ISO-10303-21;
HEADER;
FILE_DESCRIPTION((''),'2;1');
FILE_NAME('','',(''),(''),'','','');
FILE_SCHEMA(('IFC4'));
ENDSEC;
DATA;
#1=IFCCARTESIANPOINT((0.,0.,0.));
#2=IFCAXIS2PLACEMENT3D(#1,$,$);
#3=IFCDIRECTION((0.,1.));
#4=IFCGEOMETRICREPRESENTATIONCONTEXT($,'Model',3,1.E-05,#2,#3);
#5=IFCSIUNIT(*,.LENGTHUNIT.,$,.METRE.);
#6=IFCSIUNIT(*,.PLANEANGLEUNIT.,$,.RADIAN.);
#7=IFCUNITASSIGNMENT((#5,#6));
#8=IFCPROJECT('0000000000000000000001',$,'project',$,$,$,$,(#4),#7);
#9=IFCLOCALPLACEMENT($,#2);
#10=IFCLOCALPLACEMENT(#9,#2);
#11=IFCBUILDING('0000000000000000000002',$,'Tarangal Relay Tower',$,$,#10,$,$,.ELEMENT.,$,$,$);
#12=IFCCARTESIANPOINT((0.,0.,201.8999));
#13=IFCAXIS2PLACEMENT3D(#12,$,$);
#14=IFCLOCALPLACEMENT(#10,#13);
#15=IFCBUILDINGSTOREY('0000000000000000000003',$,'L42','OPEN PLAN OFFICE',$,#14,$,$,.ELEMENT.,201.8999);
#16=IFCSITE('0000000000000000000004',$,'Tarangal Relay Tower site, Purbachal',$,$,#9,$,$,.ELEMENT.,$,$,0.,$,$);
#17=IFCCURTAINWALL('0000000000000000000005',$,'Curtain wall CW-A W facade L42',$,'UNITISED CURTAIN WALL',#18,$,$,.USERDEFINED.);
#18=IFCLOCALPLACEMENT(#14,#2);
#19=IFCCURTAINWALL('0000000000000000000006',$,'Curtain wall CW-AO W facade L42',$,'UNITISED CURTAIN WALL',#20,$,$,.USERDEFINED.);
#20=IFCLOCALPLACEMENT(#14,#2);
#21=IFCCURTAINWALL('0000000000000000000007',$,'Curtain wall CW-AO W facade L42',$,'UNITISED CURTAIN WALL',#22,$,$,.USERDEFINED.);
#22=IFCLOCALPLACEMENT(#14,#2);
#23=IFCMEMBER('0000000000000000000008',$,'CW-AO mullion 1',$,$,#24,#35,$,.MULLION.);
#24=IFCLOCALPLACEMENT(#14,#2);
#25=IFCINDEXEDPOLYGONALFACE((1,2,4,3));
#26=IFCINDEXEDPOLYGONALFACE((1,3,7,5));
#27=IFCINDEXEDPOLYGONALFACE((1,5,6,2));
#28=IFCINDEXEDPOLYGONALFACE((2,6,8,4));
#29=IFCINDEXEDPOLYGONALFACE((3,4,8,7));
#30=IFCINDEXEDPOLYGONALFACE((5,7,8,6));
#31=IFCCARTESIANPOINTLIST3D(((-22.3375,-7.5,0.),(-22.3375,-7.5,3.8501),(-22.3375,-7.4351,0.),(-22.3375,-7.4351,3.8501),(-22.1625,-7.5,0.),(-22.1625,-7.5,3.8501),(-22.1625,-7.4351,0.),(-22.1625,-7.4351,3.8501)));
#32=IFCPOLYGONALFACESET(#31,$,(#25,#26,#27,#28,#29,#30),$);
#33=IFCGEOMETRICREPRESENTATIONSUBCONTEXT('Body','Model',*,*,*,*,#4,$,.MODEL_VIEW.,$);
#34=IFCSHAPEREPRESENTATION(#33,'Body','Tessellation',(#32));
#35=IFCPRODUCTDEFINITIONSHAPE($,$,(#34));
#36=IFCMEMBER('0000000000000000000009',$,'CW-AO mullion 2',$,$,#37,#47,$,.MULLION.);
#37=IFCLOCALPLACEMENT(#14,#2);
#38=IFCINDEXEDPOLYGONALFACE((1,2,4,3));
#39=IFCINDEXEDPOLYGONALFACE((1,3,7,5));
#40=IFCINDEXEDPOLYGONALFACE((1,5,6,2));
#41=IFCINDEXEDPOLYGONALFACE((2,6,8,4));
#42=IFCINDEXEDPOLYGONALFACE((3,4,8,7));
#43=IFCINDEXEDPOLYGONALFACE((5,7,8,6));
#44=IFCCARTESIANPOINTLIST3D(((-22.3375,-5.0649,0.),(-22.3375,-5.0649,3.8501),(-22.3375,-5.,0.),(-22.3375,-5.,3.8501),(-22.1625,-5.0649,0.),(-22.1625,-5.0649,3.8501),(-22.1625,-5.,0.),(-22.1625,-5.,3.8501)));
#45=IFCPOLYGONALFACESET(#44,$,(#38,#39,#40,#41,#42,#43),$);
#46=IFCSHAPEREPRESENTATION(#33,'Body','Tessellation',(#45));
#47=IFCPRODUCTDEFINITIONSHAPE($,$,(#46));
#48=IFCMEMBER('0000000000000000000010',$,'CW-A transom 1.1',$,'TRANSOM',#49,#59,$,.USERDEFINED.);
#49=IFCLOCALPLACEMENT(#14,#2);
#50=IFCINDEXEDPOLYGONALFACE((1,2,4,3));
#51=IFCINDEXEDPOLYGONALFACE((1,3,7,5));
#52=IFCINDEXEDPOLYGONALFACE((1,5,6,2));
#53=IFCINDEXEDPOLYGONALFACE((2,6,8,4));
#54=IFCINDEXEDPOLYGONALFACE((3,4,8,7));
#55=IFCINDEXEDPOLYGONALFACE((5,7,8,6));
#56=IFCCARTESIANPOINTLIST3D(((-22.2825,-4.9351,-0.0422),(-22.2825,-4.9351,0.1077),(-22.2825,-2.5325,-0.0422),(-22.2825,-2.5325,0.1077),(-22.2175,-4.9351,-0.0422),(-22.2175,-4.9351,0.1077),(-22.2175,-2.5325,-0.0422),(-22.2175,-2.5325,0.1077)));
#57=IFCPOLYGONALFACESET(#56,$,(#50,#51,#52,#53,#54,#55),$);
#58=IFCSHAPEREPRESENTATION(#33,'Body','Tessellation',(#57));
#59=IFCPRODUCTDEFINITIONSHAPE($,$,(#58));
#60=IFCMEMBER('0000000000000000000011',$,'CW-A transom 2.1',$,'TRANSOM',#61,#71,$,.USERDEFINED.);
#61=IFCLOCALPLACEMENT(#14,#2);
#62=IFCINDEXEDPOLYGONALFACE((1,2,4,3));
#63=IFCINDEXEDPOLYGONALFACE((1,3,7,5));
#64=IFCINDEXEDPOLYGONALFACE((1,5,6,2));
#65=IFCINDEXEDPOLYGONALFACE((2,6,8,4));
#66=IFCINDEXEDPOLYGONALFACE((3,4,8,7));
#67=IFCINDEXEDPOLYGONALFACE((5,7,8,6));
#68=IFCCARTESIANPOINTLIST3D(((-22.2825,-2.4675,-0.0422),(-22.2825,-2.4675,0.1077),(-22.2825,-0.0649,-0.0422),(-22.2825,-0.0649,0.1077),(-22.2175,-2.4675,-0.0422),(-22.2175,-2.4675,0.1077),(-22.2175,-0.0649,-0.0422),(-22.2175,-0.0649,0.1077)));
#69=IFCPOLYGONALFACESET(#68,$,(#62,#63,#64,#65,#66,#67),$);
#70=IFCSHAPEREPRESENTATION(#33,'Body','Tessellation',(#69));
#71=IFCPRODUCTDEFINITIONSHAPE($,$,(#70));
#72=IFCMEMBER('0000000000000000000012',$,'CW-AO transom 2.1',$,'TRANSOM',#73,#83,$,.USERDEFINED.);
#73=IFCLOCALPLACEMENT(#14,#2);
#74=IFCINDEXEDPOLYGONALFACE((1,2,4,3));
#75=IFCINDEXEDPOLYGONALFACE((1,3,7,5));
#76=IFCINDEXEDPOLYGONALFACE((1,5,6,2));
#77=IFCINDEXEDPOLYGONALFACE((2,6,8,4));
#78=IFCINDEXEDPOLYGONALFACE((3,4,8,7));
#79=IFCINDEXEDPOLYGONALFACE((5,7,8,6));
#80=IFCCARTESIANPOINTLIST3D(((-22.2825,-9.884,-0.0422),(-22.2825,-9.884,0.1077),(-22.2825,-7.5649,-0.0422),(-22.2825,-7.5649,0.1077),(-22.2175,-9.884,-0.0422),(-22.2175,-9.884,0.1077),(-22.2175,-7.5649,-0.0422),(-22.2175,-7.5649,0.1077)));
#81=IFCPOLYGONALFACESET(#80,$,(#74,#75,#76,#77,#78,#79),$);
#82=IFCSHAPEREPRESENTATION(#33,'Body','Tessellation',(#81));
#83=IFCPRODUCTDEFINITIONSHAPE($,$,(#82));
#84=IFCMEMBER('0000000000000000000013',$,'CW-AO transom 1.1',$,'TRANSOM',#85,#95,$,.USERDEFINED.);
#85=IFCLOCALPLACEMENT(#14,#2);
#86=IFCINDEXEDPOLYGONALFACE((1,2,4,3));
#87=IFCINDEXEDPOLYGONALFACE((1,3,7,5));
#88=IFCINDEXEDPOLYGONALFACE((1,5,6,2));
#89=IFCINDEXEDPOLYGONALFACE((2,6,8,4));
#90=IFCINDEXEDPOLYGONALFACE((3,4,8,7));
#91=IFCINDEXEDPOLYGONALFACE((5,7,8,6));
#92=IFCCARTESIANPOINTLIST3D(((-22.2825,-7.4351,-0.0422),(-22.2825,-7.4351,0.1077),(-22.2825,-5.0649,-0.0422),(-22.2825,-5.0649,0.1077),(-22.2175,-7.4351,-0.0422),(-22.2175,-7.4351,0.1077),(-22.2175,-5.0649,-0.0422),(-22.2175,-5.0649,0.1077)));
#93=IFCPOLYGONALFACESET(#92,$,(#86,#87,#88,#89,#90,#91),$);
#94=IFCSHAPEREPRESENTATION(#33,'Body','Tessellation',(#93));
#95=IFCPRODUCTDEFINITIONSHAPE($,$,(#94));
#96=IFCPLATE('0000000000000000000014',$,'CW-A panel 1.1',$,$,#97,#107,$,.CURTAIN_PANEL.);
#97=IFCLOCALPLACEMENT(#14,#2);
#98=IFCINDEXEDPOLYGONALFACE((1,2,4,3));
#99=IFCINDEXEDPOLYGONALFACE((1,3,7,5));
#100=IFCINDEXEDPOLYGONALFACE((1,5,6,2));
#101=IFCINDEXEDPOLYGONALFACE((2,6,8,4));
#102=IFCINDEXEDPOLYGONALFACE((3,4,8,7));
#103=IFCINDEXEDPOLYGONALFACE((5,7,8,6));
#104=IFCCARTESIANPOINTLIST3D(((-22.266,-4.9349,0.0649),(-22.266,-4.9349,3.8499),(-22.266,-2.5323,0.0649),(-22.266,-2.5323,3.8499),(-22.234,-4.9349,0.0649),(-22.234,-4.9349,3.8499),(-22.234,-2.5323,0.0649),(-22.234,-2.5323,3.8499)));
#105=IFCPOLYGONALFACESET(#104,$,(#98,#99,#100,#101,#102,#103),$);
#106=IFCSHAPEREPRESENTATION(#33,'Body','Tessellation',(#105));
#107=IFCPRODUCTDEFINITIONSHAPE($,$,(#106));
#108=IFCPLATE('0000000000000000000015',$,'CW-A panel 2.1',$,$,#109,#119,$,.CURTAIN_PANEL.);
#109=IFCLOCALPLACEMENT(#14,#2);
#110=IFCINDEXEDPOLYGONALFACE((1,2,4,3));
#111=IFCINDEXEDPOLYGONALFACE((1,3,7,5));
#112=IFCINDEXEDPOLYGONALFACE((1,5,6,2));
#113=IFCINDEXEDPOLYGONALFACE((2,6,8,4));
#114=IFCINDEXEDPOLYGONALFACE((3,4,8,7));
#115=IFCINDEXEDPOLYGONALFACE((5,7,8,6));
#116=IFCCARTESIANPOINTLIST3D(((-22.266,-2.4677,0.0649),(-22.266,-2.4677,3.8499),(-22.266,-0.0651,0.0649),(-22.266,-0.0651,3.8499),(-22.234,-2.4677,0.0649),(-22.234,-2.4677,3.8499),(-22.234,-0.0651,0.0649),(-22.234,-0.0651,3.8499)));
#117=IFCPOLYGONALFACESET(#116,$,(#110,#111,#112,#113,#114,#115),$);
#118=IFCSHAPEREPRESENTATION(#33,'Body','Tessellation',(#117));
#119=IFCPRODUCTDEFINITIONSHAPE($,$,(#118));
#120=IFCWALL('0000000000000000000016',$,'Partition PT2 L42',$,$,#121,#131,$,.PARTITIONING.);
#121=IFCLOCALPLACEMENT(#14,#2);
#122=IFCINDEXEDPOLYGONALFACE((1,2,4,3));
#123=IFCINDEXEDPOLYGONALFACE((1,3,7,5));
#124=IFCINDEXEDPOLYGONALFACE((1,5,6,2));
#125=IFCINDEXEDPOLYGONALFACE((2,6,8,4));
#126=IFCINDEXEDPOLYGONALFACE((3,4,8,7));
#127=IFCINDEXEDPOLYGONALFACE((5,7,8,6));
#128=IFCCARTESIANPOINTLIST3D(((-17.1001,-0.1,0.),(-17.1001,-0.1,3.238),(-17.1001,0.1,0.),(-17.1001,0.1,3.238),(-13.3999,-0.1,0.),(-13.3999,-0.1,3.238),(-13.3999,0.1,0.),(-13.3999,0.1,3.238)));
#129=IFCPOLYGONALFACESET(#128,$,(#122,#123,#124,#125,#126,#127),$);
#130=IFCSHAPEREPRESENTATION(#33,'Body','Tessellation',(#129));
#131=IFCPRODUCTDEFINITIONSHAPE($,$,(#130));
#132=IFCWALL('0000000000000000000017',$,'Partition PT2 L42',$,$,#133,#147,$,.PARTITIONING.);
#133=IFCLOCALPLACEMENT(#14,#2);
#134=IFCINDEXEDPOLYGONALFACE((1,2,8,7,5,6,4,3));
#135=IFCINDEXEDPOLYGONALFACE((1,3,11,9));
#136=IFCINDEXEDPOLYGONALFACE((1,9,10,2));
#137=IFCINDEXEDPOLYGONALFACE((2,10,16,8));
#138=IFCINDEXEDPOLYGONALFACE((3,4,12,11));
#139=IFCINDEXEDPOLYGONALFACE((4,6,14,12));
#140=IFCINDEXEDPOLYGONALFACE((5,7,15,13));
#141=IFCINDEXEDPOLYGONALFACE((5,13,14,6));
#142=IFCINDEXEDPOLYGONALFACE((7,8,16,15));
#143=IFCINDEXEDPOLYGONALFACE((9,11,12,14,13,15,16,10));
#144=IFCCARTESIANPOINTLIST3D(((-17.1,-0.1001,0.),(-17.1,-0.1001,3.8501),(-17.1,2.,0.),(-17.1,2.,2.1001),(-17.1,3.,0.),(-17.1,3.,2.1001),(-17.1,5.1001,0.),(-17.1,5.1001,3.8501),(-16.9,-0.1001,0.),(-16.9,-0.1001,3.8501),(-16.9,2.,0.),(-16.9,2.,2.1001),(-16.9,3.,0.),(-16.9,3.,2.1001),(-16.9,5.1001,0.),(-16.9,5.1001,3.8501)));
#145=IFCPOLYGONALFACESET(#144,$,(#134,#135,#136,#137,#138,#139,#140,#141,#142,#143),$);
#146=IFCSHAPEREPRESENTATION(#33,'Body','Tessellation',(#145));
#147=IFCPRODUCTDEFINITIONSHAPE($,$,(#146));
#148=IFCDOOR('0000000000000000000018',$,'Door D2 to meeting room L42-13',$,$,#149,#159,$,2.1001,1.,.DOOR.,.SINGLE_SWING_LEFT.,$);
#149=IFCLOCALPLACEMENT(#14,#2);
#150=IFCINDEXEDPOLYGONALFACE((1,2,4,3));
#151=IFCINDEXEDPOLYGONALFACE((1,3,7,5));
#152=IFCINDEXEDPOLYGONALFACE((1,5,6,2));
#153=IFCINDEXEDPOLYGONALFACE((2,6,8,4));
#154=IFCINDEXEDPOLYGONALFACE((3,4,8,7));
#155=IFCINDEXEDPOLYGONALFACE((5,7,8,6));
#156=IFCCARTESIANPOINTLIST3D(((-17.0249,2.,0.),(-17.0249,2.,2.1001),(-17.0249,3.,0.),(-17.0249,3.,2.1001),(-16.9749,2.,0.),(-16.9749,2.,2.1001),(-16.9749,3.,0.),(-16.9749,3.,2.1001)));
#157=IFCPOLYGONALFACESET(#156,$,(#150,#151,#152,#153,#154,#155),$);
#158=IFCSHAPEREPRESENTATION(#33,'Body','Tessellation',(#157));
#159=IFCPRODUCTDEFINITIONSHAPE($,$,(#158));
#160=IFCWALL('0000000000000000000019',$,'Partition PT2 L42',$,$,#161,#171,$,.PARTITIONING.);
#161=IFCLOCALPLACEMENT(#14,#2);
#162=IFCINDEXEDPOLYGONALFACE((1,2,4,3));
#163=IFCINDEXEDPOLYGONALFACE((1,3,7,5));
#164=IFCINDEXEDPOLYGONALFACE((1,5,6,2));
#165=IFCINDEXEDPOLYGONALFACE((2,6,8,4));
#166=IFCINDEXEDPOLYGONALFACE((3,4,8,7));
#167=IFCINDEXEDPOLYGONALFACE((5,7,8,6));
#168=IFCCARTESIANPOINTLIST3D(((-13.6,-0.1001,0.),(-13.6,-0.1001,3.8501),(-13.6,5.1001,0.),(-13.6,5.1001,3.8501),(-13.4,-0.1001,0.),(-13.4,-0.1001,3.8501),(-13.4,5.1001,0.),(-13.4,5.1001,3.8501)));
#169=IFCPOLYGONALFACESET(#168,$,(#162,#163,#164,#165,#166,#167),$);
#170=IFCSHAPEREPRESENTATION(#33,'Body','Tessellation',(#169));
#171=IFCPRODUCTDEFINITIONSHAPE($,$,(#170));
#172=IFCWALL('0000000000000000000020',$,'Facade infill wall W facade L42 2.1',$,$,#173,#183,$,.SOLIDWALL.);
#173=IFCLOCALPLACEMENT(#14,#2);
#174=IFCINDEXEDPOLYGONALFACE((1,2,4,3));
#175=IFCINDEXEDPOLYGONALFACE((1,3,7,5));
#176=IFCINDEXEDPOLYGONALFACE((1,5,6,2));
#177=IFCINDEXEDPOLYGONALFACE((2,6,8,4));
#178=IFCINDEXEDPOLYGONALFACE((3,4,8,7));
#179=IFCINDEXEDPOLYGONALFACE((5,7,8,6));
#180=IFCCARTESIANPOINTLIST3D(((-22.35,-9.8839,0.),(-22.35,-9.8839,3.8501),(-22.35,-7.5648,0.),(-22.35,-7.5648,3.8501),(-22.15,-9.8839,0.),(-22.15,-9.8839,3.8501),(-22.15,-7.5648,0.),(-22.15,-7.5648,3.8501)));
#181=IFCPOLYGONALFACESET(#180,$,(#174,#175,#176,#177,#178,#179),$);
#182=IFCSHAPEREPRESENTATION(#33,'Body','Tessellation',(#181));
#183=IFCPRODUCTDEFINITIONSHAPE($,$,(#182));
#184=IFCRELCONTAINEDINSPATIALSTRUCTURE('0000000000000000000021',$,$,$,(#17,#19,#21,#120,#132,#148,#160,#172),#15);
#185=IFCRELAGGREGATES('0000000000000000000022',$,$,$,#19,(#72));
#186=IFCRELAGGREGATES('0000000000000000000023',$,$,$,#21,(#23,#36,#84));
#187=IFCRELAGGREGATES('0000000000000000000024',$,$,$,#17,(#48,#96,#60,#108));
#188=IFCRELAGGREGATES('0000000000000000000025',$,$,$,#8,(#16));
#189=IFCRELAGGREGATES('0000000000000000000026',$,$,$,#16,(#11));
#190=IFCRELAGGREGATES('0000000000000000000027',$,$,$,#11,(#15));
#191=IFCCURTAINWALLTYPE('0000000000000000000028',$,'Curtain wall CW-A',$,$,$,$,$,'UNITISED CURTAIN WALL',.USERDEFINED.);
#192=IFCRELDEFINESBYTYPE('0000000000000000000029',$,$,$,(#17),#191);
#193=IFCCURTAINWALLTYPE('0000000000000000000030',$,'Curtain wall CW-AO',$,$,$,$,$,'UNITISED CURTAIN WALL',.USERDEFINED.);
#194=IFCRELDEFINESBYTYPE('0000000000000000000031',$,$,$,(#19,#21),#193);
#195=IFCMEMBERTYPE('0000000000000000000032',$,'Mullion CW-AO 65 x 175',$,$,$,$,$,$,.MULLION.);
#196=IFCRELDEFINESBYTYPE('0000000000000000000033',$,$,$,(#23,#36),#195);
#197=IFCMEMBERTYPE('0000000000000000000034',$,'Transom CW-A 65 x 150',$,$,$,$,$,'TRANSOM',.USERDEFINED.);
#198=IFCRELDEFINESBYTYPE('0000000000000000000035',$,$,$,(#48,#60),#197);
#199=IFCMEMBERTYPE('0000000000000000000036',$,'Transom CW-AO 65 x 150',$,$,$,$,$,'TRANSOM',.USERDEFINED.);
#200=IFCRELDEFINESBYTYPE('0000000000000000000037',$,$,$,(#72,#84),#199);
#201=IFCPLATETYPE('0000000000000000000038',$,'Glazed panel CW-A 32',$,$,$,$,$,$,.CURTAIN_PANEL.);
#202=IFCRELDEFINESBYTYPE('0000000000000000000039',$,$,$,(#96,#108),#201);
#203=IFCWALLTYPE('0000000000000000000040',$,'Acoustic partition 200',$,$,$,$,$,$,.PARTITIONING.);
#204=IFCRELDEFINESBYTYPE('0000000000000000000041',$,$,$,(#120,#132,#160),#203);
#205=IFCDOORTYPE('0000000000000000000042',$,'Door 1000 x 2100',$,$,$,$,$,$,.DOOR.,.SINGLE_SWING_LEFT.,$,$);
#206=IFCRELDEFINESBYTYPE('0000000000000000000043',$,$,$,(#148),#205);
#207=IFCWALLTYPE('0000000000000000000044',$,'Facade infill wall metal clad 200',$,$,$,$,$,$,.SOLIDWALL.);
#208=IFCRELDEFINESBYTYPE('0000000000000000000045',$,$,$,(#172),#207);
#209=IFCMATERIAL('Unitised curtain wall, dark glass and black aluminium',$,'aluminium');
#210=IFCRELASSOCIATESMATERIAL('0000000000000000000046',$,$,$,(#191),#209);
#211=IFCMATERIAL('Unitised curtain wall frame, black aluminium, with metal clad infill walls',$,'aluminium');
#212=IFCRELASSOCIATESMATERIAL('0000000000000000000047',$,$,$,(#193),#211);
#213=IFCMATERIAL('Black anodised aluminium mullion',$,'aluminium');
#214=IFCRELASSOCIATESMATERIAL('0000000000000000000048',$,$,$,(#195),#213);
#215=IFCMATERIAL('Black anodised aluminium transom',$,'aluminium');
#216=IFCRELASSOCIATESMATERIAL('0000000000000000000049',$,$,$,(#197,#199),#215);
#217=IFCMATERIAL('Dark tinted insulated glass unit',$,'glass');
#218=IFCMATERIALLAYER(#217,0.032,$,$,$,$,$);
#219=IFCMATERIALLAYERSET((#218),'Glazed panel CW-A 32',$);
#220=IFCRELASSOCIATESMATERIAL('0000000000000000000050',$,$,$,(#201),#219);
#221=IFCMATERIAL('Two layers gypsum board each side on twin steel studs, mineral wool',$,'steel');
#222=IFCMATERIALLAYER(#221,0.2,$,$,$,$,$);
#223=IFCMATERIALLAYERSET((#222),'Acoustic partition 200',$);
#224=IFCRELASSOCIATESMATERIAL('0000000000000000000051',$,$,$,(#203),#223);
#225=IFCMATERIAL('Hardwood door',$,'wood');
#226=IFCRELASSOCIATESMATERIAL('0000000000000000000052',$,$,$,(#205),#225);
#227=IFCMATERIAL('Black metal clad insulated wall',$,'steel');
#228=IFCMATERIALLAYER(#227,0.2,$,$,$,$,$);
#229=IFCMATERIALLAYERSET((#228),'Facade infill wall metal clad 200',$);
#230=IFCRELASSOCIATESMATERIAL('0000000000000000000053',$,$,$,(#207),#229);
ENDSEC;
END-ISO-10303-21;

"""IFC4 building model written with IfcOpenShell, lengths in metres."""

from ifc_helpers import new_model, si_unit, direction, frame, frame_2d, origin, origin_2d, place, context, subcontext, project, spatial, rectangle, extrude, material, layer, layer_set, material_profile, profile_set, type_object, element, fill, aggregate, save


model = new_model("IFC4")

# Units and contexts
model_context = context("Model", 3, precision=1e-05, world=origin(), true_north=direction((0.0, 1.0)))
body_context = subcontext(model_context, "Body", "Model", "MODEL_VIEW")
ifc_project = project(units=[si_unit("LENGTHUNIT", "METRE"), si_unit("PLANEANGLEUNIT", "RADIAN")], contexts=[model_context])

# Site, building, storey
site_placement = place(None, origin())
site = spatial("IfcSite", under=ifc_project, at=site_placement, Name="Tarangal Relay Tower site, Purbachal", CompositionType="ELEMENT", RefElevation=0.0)
building_placement = place(site_placement, origin())
building = spatial("IfcBuilding", under=site, at=building_placement, Name="Tarangal Relay Tower", CompositionType="ELEMENT")
storey_placement = place(building_placement, frame((0.0, 0.0, 201.8999)))
storey = spatial("IfcBuildingStorey", under=building, at=storey_placement, Name="L42", Description="OPEN PLAN OFFICE", CompositionType="ELEMENT", Elevation=201.8999)

# Curtain walls, members
ifc_material_1 = material(Name="Unitised curtain wall, dark glass and black aluminium", Category="aluminium")
curtain_wall_type_1 = type_object("IfcCurtainWallType", Name="Curtain wall CW-A", ElementType="UNITISED CURTAIN WALL", PredefinedType="USERDEFINED", material=ifc_material_1)
curtain_wall_1_placement = place(storey_placement, origin())
curtain_wall_1 = element("IfcCurtainWall", 1, at=curtain_wall_1_placement, inside=storey, type_object=curtain_wall_type_1, Name="Curtain wall CW-A W facade L42", ObjectType="UNITISED CURTAIN WALL", PredefinedType="USERDEFINED")
ifc_material_2 = material(Name="Black anodised aluminium mullion", Category="aluminium")
ifc_material_3 = material(Name="Unitised curtain wall frame, black aluminium, with metal clad infill walls", Category="aluminium")
curtain_wall_type_2 = type_object("IfcCurtainWallType", Name="Curtain wall CW-AO", ElementType="UNITISED CURTAIN WALL", PredefinedType="USERDEFINED", material=ifc_material_3)
curtain_wall_2_placement = place(storey_placement, origin())
curtain_wall_2 = element("IfcCurtainWall", 2, at=curtain_wall_2_placement, inside=storey, type_object=curtain_wall_type_2, Name="Curtain wall CW-AO W facade L42", ObjectType="UNITISED CURTAIN WALL", PredefinedType="USERDEFINED")
ifc_material_profile_1 = material_profile(ifc_material_2, rectangle(XDim=0.175, YDim=0.0649, at=origin_2d()), Name="CW-AOM 65X175")
ifc_profile_set_1 = profile_set([ifc_material_profile_1], Name="Black anodised aluminium mullion")
member_type_1 = type_object("IfcMemberType", Name="Mullion CW-AO 65 x 175", PredefinedType="MULLION", material=ifc_profile_set_1)
curtain_wall_3_placement = place(storey_placement, origin())
curtain_wall_3 = element("IfcCurtainWall", 3, at=curtain_wall_3_placement, inside=storey, type_object=curtain_wall_type_2, Name="Curtain wall CW-AO W facade L42", ObjectType="UNITISED CURTAIN WALL", PredefinedType="USERDEFINED")
member_1_placement = place(storey_placement, frame((-22.25, -7.4675, 0.0), z_axis=(0.0, 0.0, 1.0), x_axis=(-1.0, 0.0, 0.0)))
member_1 = element("IfcMember", 4, at=member_1_placement, type_object=member_type_1, Name="CW-AO mullion 1", PredefinedType="MULLION", context=body_context, shape_type="SweptSolid", body=[
    extrude(rectangle(XDim=0.175, YDim=0.0649, at=origin_2d()), origin(), (0.0, 0.0, 1.0), 3.8501),
])
member_2_placement = place(storey_placement, frame((-22.25, -5.0325, 0.0), z_axis=(0.0, 0.0, 1.0), x_axis=(-1.0, 0.0, 0.0)))
member_2 = element("IfcMember", 5, at=member_2_placement, type_object=member_type_1, Name="CW-AO mullion 2", PredefinedType="MULLION", context=body_context, shape_type="SweptSolid", body=[
    extrude(rectangle(XDim=0.175, YDim=0.0649, at=origin_2d()), origin(), (0.0, 0.0, 1.0), 3.8501),
])

# Members
ifc_material_4 = material(Name="Black anodised aluminium transom", Category="aluminium")
ifc_material_profile_2 = material_profile(ifc_material_4, rectangle(XDim=0.0649, YDim=0.1499, at=origin_2d()), Name="CW-AT 65X150")
ifc_profile_set_2 = profile_set([ifc_material_profile_2], Name="Black anodised aluminium transom")
member_type_2 = type_object("IfcMemberType", Name="Transom CW-A 65 x 150", ElementType="TRANSOM", PredefinedType="USERDEFINED", material=ifc_profile_set_2)
member_3_placement = place(storey_placement, frame((-22.25, -4.9351, 0.0327), z_axis=(0.0, 1.0, 0.0), x_axis=(-1.0, 0.0, 0.0)))
member_3 = element("IfcMember", 6, at=member_3_placement, type_object=member_type_2, Name="CW-A transom 1.1", ObjectType="TRANSOM", PredefinedType="USERDEFINED", context=body_context, shape_type="SweptSolid", body=[
    extrude(rectangle(XDim=0.0649, YDim=0.1499, at=origin_2d()), origin(), (0.0, 0.0, 1.0), 2.4026),
])
member_4_placement = place(storey_placement, frame((-22.25, -2.4675, 0.0327), z_axis=(0.0, 1.0, 0.0), x_axis=(-1.0, 0.0, 0.0)))
member_4 = element("IfcMember", 7, at=member_4_placement, type_object=member_type_2, Name="CW-A transom 2.1", ObjectType="TRANSOM", PredefinedType="USERDEFINED", context=body_context, shape_type="SweptSolid", body=[
    extrude(rectangle(XDim=0.0649, YDim=0.1499, at=origin_2d()), origin(), (0.0, 0.0, 1.0), 2.4026),
])
ifc_material_profile_3 = material_profile(ifc_material_4, rectangle(XDim=0.0649, YDim=0.1499, at=origin_2d()), Name="CW-AOT 65X150")
ifc_profile_set_3 = profile_set([ifc_material_profile_3], Name="Black anodised aluminium transom")
member_type_3 = type_object("IfcMemberType", Name="Transom CW-AO 65 x 150", ElementType="TRANSOM", PredefinedType="USERDEFINED", material=ifc_profile_set_3)
member_5_placement = place(storey_placement, frame((-22.25, -9.884, 0.0327), z_axis=(0.0, 1.0, 0.0), x_axis=(-1.0, 0.0, 0.0)))
member_5 = element("IfcMember", 8, at=member_5_placement, type_object=member_type_3, Name="CW-AO transom 2.1", ObjectType="TRANSOM", PredefinedType="USERDEFINED", context=body_context, shape_type="SweptSolid", body=[
    extrude(rectangle(XDim=0.0649, YDim=0.1499, at=origin_2d()), origin(), (0.0, 0.0, 1.0), 2.3191),
])
aggregate(curtain_wall_2, [member_5])
member_6_placement = place(storey_placement, frame((-22.25, -7.4351, 0.0327), z_axis=(0.0, 1.0, 0.0), x_axis=(-1.0, 0.0, 0.0)))
member_6 = element("IfcMember", 9, at=member_6_placement, type_object=member_type_3, Name="CW-AO transom 1.1", ObjectType="TRANSOM", PredefinedType="USERDEFINED", context=body_context, shape_type="SweptSolid", body=[
    extrude(rectangle(XDim=0.0649, YDim=0.1499, at=origin_2d()), origin(), (0.0, 0.0, 1.0), 2.3701),
])
aggregate(curtain_wall_3, [member_1, member_2, member_6])

# Plates
ifc_material_5 = material(Name="Dark tinted insulated glass unit", Category="glass")
ifc_layer_1 = layer(ifc_material_5, 0.032)
ifc_layer_set_1 = layer_set([ifc_layer_1], Name="Glazed panel CW-A 32")
plate_type = type_object("IfcPlateType", Name="Glazed panel CW-A 32", PredefinedType="CURTAIN_PANEL", material=ifc_layer_set_1)
plate_1_placement = place(storey_placement, frame((-22.25, -3.7336, 0.0649), z_axis=(0.0, 0.0, 1.0), x_axis=(0.0, 1.0, 0.0)))
plate_1 = element("IfcPlate", 10, at=plate_1_placement, type_object=plate_type, Name="CW-A panel 1.1", PredefinedType="CURTAIN_PANEL", context=body_context, shape_type="SweptSolid", body=[
    extrude(rectangle(XDim=2.4026, YDim=0.032, at=origin_2d()), origin(), (0.0, 0.0, 1.0), 3.7849),
])
plate_2_placement = place(storey_placement, frame((-22.25, -1.2664, 0.0649), z_axis=(0.0, 0.0, 1.0), x_axis=(0.0, 1.0, 0.0)))
plate_2 = element("IfcPlate", 11, at=plate_2_placement, type_object=plate_type, Name="CW-A panel 2.1", PredefinedType="CURTAIN_PANEL", context=body_context, shape_type="SweptSolid", body=[
    extrude(rectangle(XDim=2.4026, YDim=0.032, at=origin_2d()), origin(), (0.0, 0.0, 1.0), 3.7849),
])
aggregate(curtain_wall_1, [member_3, plate_1, member_4, plate_2])

# Wall
ifc_material_6 = material(Name="Two layers gypsum board each side on twin steel studs, mineral wool", Category="steel")
ifc_layer_2 = layer(ifc_material_6, 0.2)
ifc_layer_set_2 = layer_set([ifc_layer_2], Name="Acoustic partition 200")
wall_type_1 = type_object("IfcWallType", Name="Acoustic partition 200", PredefinedType="PARTITIONING", material=ifc_layer_set_2)
wall_1_placement = place(storey_placement, frame((-17.1001, 0.0, 0.0), z_axis=(0.0, 0.0, 1.0), x_axis=(1.0, 0.0, 0.0)))
element("IfcWall", 12, at=wall_1_placement, inside=storey, type_object=wall_type_1, Name="Partition PT2 L42", PredefinedType="PARTITIONING", context=body_context, shape_type="SweptSolid", body=[
    extrude(rectangle(XDim=3.7002, YDim=0.2, at=frame_2d((1.8501, 0.0))), origin(), (0.0, 0.0, 1.0), 3.238),
])

# Wall, opening, door
wall_2_placement = place(storey_placement, frame((-17.0, -0.1001, 0.0), z_axis=(0.0, 0.0, 1.0), x_axis=(0.0, 1.0, 0.0)))
wall_2 = element("IfcWall", 13, at=wall_2_placement, inside=storey, type_object=wall_type_1, Name="Partition PT2 L42", PredefinedType="PARTITIONING", context=body_context, shape_type="SweptSolid", body=[
    extrude(rectangle(XDim=5.2002, YDim=0.2, at=frame_2d((2.6001, 0.0))), origin(), (0.0, 0.0, 1.0), 3.8501),
])
opening_1_placement = place(wall_2_placement, frame((2.1001, 0.0, 0.0)))
opening_1 = element("IfcOpeningElement", 14, at=opening_1_placement, cuts=wall_2, PredefinedType="OPENING", context=body_context, shape_type="SweptSolid", body=[
    extrude(rectangle(XDim=1.0, YDim=2.1001, at=frame_2d((0.5, 1.05))), frame((0.0, 0.1099, 0.0), z_axis=(0.0, -1.0, 0.0), x_axis=(1.0, 0.0, 0.0)), (0.0, 0.0, 1.0), 0.22),
])
ifc_material_7 = material(Name="Hardwood door", Category="wood")
door_type = type_object("IfcDoorType", Name="Door 1000 x 2100", OperationType="SINGLE_SWING_LEFT", PredefinedType="DOOR", material=ifc_material_7)
door_1_placement = place(opening_1_placement, origin())
door_1 = element("IfcDoor", 15, at=door_1_placement, inside=storey, type_object=door_type, Name="Door D2 to meeting room L42-13", OperationType="SINGLE_SWING_LEFT", OverallHeight=2.1001, OverallWidth=1.0, PredefinedType="DOOR", context=body_context, shape_type="SweptSolid", body=[
    extrude(rectangle(XDim=1.0, YDim=2.1001, at=frame_2d((0.5, 1.05))), frame((0.0, 0.0249, 0.0), z_axis=(0.0, -1.0, 0.0), x_axis=(1.0, 0.0, 0.0)), (0.0, 0.0, 1.0), 0.05),
])
fill(opening_1, door_1)

# Walls
wall_3_placement = place(storey_placement, frame((-13.5, -0.1001, 0.0), z_axis=(0.0, 0.0, 1.0), x_axis=(0.0, 1.0, 0.0)))
element("IfcWall", 16, at=wall_3_placement, inside=storey, type_object=wall_type_1, Name="Partition PT2 L42", PredefinedType="PARTITIONING", context=body_context, shape_type="SweptSolid", body=[
    extrude(rectangle(XDim=5.2002, YDim=0.2, at=frame_2d((2.6001, 0.0))), origin(), (0.0, 0.0, 1.0), 3.8501),
])
ifc_material_8 = material(Name="Black metal clad insulated wall", Category="steel")
ifc_layer_3 = layer(ifc_material_8, 0.2)
ifc_layer_set_3 = layer_set([ifc_layer_3], Name="Facade infill wall metal clad 200")
wall_type_2 = type_object("IfcWallType", Name="Facade infill wall metal clad 200", PredefinedType="SOLIDWALL", material=ifc_layer_set_3)
wall_4_placement = place(storey_placement, frame((-22.25, -9.884, 0.0), z_axis=(0.0, 0.0, 1.0), x_axis=(0.0, 1.0, 0.0)))
element("IfcWall", 17, at=wall_4_placement, inside=storey, type_object=wall_type_2, Name="Facade infill wall W facade L42 2.1", PredefinedType="SOLIDWALL", context=body_context, shape_type="SweptSolid", body=[
    extrude(rectangle(XDim=2.3191, YDim=0.2, at=frame_2d((1.1597, 0.0))), origin(), (0.0, 0.0, 1.0), 3.8501),
])

save(model, "model.ifc")
